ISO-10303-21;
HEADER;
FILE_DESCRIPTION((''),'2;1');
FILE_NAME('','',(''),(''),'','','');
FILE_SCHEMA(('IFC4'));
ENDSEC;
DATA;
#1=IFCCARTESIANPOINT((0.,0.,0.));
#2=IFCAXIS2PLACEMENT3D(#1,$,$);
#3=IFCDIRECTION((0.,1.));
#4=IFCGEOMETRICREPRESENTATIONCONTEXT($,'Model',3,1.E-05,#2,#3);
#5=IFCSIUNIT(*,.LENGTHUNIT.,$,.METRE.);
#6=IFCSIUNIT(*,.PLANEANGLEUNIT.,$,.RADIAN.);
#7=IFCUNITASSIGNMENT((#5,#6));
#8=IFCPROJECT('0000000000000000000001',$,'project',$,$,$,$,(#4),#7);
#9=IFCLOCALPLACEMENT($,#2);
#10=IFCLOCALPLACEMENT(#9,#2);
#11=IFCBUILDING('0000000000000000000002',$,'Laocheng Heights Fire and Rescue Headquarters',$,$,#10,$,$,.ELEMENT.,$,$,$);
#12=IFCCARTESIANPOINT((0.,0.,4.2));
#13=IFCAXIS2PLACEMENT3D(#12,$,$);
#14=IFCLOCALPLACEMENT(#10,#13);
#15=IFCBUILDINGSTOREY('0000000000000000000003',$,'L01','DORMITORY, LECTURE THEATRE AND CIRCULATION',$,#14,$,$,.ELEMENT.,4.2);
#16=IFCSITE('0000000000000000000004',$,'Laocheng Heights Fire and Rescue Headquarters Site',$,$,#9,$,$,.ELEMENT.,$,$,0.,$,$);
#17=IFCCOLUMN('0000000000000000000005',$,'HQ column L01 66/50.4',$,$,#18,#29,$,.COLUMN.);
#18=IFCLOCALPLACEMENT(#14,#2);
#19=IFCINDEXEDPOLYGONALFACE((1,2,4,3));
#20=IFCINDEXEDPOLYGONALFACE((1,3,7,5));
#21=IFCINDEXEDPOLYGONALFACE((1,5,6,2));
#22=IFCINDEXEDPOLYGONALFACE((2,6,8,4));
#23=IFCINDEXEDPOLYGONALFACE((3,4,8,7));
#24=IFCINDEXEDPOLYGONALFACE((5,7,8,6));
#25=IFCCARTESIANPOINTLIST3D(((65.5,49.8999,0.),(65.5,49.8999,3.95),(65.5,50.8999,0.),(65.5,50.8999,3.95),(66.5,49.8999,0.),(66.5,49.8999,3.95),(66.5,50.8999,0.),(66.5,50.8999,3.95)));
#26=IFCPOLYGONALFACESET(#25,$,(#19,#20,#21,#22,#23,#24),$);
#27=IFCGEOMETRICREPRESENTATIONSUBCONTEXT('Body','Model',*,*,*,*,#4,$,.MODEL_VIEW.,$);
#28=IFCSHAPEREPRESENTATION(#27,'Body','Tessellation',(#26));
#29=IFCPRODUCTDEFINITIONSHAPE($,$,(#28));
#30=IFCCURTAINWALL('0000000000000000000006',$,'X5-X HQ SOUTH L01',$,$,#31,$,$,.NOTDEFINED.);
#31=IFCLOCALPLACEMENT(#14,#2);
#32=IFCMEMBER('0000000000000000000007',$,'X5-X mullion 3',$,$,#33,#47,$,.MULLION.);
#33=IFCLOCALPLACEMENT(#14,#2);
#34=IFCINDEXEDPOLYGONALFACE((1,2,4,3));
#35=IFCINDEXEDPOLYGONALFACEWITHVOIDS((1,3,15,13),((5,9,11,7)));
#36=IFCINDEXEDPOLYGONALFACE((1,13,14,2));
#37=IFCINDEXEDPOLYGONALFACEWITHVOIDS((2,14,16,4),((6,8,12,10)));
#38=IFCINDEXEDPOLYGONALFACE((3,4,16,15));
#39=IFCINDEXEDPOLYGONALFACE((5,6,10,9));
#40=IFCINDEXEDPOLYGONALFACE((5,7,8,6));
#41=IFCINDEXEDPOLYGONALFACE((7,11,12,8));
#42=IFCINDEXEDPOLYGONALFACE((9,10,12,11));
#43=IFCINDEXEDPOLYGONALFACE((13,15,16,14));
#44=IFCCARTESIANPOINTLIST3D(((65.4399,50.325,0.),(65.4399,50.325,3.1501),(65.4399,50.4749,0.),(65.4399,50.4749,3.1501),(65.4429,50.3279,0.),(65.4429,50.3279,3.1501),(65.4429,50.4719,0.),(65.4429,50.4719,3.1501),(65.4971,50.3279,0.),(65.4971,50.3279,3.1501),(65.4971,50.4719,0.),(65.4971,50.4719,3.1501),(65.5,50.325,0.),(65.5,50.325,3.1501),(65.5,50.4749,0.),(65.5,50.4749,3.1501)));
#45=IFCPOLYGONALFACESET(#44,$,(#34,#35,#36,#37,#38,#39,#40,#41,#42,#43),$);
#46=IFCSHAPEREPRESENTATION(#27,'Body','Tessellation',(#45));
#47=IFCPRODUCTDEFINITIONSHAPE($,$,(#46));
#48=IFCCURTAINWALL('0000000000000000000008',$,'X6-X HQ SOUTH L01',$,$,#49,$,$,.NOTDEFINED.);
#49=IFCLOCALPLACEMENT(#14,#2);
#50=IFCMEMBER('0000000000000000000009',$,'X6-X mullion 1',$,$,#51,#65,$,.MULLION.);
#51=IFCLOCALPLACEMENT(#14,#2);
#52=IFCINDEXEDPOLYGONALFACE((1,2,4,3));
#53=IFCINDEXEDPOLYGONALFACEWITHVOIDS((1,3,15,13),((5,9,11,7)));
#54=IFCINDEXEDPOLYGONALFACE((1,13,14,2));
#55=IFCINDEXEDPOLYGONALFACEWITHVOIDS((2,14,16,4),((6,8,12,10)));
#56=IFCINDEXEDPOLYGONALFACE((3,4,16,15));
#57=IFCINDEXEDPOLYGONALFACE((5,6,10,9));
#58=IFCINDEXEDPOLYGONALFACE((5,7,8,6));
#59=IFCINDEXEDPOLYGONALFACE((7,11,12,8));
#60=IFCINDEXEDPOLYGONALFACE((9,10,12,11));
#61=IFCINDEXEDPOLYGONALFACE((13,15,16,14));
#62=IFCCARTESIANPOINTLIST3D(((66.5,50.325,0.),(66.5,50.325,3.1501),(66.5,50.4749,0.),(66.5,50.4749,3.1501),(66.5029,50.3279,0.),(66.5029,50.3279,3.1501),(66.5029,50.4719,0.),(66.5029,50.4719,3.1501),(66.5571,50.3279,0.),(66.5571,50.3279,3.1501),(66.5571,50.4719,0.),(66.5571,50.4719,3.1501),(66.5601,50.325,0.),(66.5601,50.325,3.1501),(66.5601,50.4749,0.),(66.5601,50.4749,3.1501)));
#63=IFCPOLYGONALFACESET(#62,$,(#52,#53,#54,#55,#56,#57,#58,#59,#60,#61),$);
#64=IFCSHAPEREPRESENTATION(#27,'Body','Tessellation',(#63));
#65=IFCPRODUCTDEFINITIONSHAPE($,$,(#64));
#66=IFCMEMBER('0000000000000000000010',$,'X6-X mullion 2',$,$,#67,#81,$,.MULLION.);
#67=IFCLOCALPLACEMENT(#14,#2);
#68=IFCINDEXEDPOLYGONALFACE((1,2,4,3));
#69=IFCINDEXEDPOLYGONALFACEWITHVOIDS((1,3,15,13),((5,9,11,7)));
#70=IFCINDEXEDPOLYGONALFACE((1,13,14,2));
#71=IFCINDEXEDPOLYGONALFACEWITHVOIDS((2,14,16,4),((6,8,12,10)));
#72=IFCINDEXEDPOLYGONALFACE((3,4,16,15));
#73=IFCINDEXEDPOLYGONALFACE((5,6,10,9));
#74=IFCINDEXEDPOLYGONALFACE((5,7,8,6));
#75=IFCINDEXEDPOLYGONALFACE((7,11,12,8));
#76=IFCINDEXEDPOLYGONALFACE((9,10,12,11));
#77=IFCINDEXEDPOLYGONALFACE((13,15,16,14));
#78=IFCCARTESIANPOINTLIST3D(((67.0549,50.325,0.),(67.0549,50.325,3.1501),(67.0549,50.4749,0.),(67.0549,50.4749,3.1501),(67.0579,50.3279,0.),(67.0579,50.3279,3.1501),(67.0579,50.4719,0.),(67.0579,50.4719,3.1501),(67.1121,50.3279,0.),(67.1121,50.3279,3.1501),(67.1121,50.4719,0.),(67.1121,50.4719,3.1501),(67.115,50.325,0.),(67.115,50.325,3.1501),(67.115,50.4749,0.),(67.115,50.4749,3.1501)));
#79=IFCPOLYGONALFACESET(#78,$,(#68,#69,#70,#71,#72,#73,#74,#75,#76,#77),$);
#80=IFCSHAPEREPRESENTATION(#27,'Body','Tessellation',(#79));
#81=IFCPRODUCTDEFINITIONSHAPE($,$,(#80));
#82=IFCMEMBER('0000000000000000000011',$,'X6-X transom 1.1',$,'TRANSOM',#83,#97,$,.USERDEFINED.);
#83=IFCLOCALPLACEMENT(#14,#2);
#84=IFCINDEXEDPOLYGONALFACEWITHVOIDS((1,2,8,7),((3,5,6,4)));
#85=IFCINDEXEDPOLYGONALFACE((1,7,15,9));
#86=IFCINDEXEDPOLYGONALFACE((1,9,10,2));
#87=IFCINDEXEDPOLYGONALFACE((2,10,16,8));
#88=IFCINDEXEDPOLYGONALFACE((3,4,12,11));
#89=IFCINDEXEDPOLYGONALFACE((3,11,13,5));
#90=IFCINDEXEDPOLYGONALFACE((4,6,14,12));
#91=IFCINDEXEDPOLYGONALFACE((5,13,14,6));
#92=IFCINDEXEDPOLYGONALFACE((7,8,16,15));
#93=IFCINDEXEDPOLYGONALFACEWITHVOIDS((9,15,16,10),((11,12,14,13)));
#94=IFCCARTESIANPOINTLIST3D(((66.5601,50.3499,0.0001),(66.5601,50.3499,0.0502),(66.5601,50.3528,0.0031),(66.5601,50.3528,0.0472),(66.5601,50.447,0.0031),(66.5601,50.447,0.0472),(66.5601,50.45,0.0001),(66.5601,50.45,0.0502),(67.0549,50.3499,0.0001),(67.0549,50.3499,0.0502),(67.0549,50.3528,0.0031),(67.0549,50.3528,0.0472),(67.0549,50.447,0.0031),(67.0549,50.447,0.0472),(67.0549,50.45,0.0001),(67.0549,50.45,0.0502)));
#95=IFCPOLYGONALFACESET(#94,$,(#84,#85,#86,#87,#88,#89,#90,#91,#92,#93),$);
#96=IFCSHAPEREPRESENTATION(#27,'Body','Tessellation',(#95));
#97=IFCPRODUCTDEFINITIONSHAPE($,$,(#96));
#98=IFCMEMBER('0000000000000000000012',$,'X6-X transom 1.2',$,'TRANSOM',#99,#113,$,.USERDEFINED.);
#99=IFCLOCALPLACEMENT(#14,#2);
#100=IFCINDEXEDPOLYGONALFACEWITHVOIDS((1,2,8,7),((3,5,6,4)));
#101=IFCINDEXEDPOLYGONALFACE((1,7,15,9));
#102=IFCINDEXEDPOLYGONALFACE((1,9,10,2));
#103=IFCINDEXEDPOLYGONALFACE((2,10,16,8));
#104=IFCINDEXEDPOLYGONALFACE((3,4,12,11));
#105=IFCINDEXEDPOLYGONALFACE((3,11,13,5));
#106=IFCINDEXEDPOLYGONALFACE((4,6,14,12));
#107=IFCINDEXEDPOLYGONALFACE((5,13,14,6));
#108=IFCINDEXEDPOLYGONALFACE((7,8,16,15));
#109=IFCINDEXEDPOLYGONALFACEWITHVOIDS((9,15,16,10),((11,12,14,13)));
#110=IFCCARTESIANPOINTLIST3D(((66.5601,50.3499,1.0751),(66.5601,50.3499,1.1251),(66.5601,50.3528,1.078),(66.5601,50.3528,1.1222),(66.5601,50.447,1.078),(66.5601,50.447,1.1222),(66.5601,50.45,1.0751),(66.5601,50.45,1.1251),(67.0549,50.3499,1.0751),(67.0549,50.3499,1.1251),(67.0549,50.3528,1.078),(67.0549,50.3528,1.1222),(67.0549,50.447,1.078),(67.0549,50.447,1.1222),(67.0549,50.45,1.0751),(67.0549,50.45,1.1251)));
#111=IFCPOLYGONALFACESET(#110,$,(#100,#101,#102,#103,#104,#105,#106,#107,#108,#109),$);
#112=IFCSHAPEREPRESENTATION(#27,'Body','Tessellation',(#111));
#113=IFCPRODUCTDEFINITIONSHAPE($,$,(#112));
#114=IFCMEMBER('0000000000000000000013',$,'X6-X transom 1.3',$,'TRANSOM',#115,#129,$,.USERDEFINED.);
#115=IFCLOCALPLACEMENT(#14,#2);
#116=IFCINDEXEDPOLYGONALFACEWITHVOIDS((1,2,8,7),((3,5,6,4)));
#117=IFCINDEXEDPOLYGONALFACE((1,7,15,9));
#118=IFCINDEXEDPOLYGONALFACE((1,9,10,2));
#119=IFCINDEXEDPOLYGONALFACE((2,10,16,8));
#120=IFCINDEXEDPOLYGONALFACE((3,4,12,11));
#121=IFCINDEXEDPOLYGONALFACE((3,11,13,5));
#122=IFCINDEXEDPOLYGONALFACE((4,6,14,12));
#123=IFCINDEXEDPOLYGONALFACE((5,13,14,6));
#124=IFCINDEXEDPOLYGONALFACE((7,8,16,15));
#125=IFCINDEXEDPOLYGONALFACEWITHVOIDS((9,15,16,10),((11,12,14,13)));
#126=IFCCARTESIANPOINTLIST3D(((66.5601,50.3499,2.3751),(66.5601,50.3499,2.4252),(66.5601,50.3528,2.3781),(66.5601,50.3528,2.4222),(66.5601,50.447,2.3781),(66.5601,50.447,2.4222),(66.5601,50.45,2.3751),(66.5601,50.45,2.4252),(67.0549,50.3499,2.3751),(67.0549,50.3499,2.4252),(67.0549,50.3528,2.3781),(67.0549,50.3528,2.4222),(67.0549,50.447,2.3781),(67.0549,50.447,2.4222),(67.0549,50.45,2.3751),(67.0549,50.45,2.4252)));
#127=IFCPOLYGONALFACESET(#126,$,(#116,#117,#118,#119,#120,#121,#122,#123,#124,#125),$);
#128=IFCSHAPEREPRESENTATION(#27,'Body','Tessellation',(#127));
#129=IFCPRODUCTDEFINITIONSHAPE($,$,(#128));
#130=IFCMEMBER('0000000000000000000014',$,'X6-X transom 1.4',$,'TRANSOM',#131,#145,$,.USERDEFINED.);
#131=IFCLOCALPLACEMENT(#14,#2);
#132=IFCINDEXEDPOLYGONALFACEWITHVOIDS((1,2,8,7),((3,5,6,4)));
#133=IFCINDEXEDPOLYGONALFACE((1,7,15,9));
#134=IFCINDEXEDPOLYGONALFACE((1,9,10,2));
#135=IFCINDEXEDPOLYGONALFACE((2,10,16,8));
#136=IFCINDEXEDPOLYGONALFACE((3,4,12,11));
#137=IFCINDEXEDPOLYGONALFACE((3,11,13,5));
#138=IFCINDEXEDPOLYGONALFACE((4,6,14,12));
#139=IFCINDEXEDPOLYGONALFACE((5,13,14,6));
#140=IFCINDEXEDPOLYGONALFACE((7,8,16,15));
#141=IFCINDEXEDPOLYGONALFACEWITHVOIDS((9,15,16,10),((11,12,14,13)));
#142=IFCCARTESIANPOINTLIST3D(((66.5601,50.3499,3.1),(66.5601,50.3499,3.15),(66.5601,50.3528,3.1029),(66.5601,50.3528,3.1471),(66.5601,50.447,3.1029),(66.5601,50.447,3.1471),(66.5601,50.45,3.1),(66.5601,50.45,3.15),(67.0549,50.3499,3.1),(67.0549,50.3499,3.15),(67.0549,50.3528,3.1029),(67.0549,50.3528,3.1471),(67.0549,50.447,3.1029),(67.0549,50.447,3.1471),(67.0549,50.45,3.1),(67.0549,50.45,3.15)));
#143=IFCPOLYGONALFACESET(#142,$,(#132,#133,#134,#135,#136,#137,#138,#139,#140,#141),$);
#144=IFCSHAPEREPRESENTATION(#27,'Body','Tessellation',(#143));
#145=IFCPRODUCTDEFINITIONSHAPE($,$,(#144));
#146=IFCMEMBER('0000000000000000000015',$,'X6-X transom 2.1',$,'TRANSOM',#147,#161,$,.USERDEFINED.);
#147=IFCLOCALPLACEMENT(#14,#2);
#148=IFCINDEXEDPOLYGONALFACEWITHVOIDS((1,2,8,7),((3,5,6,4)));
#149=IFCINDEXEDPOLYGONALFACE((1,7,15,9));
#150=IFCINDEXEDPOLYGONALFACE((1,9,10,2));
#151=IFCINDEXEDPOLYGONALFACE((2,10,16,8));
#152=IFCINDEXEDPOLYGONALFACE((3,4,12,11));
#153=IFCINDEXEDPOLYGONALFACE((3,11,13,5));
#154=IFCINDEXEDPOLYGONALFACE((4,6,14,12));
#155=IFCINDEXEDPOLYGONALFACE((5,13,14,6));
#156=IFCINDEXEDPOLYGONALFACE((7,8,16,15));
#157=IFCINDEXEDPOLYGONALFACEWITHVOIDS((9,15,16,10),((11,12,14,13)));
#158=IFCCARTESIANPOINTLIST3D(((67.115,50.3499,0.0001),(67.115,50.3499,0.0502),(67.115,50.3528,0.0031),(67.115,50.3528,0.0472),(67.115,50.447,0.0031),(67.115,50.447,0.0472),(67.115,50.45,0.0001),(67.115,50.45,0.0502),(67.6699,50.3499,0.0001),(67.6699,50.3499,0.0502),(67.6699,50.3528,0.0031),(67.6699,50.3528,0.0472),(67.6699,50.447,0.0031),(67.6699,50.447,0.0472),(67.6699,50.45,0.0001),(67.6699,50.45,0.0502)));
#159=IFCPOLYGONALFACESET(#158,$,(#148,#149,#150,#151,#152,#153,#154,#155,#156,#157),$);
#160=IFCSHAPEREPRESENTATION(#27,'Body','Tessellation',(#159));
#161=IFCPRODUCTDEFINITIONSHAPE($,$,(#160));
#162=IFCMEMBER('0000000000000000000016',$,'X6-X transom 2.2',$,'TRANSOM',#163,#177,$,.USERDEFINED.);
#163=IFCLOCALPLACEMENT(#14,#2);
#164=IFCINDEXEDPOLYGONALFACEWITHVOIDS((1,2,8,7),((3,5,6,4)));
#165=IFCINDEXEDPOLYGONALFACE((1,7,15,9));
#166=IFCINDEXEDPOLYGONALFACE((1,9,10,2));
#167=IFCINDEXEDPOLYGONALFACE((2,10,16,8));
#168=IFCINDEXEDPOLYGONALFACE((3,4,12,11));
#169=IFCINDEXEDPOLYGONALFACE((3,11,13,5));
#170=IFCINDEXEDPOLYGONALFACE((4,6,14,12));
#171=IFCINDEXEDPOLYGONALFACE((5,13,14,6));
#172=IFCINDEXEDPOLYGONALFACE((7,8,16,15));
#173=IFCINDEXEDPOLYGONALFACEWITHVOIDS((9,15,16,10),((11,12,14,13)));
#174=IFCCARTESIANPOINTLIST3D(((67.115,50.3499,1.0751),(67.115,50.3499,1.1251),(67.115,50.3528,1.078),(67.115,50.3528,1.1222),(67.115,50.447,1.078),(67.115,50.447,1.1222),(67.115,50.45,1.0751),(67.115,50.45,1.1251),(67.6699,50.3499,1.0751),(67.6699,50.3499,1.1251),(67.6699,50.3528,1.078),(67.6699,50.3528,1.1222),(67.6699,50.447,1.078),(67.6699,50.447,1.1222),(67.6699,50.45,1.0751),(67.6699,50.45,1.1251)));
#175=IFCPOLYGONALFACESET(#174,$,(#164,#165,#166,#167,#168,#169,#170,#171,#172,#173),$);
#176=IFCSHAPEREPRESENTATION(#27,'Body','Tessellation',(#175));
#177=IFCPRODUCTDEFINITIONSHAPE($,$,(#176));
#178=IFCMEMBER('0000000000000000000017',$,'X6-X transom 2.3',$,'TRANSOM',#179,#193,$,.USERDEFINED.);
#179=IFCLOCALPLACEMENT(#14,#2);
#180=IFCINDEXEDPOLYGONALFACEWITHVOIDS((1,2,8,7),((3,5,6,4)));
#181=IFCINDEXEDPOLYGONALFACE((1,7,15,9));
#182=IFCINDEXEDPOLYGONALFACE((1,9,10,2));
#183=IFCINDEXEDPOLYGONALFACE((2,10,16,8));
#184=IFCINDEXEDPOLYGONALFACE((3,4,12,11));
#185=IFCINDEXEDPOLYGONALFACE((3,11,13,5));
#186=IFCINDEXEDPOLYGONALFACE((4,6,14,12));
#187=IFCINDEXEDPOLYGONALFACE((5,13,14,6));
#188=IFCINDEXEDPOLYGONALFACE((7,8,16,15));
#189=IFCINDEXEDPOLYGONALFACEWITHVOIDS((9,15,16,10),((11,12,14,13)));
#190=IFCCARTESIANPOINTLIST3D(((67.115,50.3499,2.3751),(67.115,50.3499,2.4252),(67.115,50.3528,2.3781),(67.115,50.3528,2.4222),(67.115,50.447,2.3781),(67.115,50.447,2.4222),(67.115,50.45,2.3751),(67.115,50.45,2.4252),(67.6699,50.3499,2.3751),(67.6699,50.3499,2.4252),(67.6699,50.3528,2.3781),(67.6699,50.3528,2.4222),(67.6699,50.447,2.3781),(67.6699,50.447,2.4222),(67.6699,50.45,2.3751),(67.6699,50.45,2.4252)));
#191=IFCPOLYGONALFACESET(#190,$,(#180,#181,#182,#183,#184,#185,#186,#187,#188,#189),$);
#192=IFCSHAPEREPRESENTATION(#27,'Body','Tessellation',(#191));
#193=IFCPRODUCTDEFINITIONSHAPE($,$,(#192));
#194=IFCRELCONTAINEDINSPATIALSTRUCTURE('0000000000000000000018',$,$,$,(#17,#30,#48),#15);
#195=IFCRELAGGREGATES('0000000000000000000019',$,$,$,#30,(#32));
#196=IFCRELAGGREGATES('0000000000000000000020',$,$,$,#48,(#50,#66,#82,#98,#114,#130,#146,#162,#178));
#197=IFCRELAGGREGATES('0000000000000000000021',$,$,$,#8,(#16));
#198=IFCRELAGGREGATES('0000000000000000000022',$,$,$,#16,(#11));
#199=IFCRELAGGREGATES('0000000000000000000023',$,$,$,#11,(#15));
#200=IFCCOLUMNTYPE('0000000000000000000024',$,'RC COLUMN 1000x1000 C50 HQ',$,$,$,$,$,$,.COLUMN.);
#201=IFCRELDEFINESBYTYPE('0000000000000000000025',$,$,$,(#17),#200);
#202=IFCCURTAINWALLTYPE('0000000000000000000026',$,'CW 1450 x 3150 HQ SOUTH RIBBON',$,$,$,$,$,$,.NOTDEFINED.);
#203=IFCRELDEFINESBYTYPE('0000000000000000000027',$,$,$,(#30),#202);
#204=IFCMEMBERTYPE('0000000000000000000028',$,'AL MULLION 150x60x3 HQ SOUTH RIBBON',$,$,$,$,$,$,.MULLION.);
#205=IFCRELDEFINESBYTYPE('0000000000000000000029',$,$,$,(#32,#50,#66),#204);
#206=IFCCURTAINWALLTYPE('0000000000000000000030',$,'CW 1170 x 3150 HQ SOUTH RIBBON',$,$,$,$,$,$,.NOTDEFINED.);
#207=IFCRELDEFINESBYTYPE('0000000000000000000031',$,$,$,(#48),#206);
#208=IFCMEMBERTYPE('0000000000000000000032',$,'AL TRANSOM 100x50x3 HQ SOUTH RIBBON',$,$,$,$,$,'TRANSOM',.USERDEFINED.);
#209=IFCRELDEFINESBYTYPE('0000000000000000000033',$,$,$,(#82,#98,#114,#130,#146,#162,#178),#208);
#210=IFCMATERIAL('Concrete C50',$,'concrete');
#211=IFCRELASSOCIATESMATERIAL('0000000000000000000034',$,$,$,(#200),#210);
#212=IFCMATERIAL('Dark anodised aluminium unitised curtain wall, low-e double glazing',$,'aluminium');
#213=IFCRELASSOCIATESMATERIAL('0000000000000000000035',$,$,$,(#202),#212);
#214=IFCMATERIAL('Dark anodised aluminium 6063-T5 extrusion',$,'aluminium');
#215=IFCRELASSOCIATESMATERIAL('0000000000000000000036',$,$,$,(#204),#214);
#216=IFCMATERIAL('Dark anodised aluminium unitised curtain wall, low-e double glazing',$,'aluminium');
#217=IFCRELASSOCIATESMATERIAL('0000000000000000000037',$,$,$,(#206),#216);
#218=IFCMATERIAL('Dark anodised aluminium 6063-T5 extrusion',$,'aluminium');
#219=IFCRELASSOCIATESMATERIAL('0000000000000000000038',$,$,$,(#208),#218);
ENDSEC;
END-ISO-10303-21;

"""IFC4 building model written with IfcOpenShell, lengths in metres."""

from ifc_helpers import new_model, si_unit, direction, frame, origin, origin_2d, place, context, subcontext, project, spatial, rectangle, hollow_rectangle, extrude, material, material_profile, profile_set, type_object, element, aggregate, save


model = new_model("IFC4")

# Units and contexts
model_context = context("Model", 3, precision=1e-05, world=origin(), true_north=direction((0.0, 1.0)))
body_context = subcontext(model_context, "Body", "Model", "MODEL_VIEW")
ifc_project = project(units=[si_unit("LENGTHUNIT", "METRE"), si_unit("PLANEANGLEUNIT", "RADIAN")], contexts=[model_context])

# Site, building, storey
site_placement = place(None, origin())
site = spatial("IfcSite", under=ifc_project, at=site_placement, Name="Laocheng Heights Fire and Rescue Headquarters Site", CompositionType="ELEMENT", RefElevation=0.0)
building_placement = place(site_placement, origin())
building = spatial("IfcBuilding", under=site, at=building_placement, Name="Laocheng Heights Fire and Rescue Headquarters", CompositionType="ELEMENT")
storey_placement = place(building_placement, frame((0.0, 0.0, 4.2)))
storey = spatial("IfcBuildingStorey", under=building, at=storey_placement, Name="L01", Description="DORMITORY, LECTURE THEATRE AND CIRCULATION", CompositionType="ELEMENT", Elevation=4.2)

# Column
ifc_material_1 = material(Name="Concrete C50", Category="concrete")
ifc_material_profile_1 = material_profile(ifc_material_1, rectangle(XDim=1.0, YDim=1.0, at=origin_2d()), Name="RC COLUMN 1000x1000 C50 HQ")
ifc_profile_set_1 = profile_set([ifc_material_profile_1], Name="Concrete C50")
column_type = type_object("IfcColumnType", Name="RC COLUMN 1000x1000 C50 HQ", PredefinedType="COLUMN", material=ifc_profile_set_1)
column_placement = place(storey_placement, frame((66.0, 50.3999, 0.0), z_axis=(0.0, 0.0, 1.0), x_axis=(1.0, 0.0, 0.0)))
element("IfcColumn", 1, at=column_placement, inside=storey, type_object=column_type, Name="HQ column L01 66/50.4", PredefinedType="COLUMN", context=body_context, shape_type="SweptSolid", body=[
    extrude(rectangle(XDim=1.0, YDim=1.0, at=origin_2d()), origin(), (0.0, 0.0, 1.0), 3.95),
])

# Curtain wall, member
ifc_material_2 = material(Name="Dark anodised aluminium unitised curtain wall, low-e double glazing", Category="aluminium")
curtain_wall_type_1 = type_object("IfcCurtainWallType", Name="CW 1450 x 3150 HQ SOUTH RIBBON", PredefinedType="NOTDEFINED", material=ifc_material_2)
curtain_wall_1_placement = place(storey_placement, origin())
curtain_wall_1 = element("IfcCurtainWall", 2, at=curtain_wall_1_placement, inside=storey, type_object=curtain_wall_type_1, Name="X5-X HQ SOUTH L01", PredefinedType="NOTDEFINED")
ifc_material_3 = material(Name="Dark anodised aluminium 6063-T5 extrusion", Category="aluminium")
ifc_material_profile_2 = material_profile(ifc_material_3, hollow_rectangle(XDim=0.1499, YDim=0.0601, WallThickness=0.0029, at=origin_2d()), Name="AL MULLION 150x60x3 HQ SOUTH RIBBON")
ifc_profile_set_2 = profile_set([ifc_material_profile_2], Name="Dark anodised aluminium 6063-T5 extrusion")
member_type_1 = type_object("IfcMemberType", Name="AL MULLION 150x60x3 HQ SOUTH RIBBON", PredefinedType="MULLION", material=ifc_profile_set_2)
member_1_placement = place(storey_placement, frame((65.47, 50.3999, 0.0), z_axis=(0.0, 0.0, 1.0), x_axis=(0.0, 1.0, 0.0)))
member_1 = element("IfcMember", 3, at=member_1_placement, type_object=member_type_1, Name="X5-X mullion 3", PredefinedType="MULLION", context=body_context, shape_type="SweptSolid", body=[
    extrude(hollow_rectangle(XDim=0.1499, YDim=0.0601, WallThickness=0.0029, at=origin_2d()), origin(), (0.0, 0.0, 1.0), 3.1501),
])

# Curtain wall, members
ifc_material_4 = material(Name="Dark anodised aluminium unitised curtain wall, low-e double glazing", Category="aluminium")
curtain_wall_type_2 = type_object("IfcCurtainWallType", Name="CW 1170 x 3150 HQ SOUTH RIBBON", PredefinedType="NOTDEFINED", material=ifc_material_4)
curtain_wall_2_placement = place(storey_placement, origin())
curtain_wall_2 = element("IfcCurtainWall", 4, at=curtain_wall_2_placement, inside=storey, type_object=curtain_wall_type_2, Name="X6-X HQ SOUTH L01", PredefinedType="NOTDEFINED")
member_2_placement = place(storey_placement, frame((66.53, 50.3999, 0.0), z_axis=(0.0, 0.0, 1.0), x_axis=(0.0, 1.0, 0.0)))
member_2 = element("IfcMember", 5, at=member_2_placement, type_object=member_type_1, Name="X6-X mullion 1", PredefinedType="MULLION", context=body_context, shape_type="SweptSolid", body=[
    extrude(hollow_rectangle(XDim=0.1499, YDim=0.0601, WallThickness=0.0029, at=origin_2d()), origin(), (0.0, 0.0, 1.0), 3.1501),
])
member_3_placement = place(storey_placement, frame((67.085, 50.3999, 0.0), z_axis=(0.0, 0.0, 1.0), x_axis=(0.0, 1.0, 0.0)))
member_3 = element("IfcMember", 6, at=member_3_placement, type_object=member_type_1, Name="X6-X mullion 2", PredefinedType="MULLION", context=body_context, shape_type="SweptSolid", body=[
    extrude(hollow_rectangle(XDim=0.1499, YDim=0.0601, WallThickness=0.0029, at=origin_2d()), origin(), (0.0, 0.0, 1.0), 3.1501),
])
ifc_material_5 = material(Name="Dark anodised aluminium 6063-T5 extrusion", Category="aluminium")
ifc_material_profile_3 = material_profile(ifc_material_5, hollow_rectangle(XDim=0.1001, YDim=0.05, WallThickness=0.0029, at=origin_2d()), Name="AL TRANSOM 100x50x3 HQ SOUTH RIBBON")
ifc_profile_set_3 = profile_set([ifc_material_profile_3], Name="Dark anodised aluminium 6063-T5 extrusion")
member_type_2 = type_object("IfcMemberType", Name="AL TRANSOM 100x50x3 HQ SOUTH RIBBON", ElementType="TRANSOM", PredefinedType="USERDEFINED", material=ifc_profile_set_3)
member_4_placement = place(storey_placement, frame((66.5601, 50.3999, 0.0251), z_axis=(1.0, 0.0, 0.0), x_axis=(0.0, 1.0, 0.0)))
member_4 = element("IfcMember", 7, at=member_4_placement, type_object=member_type_2, Name="X6-X transom 1.1", ObjectType="TRANSOM", PredefinedType="USERDEFINED", context=body_context, shape_type="SweptSolid", body=[
    extrude(hollow_rectangle(XDim=0.1001, YDim=0.05, WallThickness=0.0029, at=origin_2d()), origin(), (0.0, 0.0, 1.0), 0.4949),
])
member_5_placement = place(storey_placement, frame((66.5601, 50.3999, 1.1001), z_axis=(1.0, 0.0, 0.0), x_axis=(0.0, 1.0, 0.0)))
member_5 = element("IfcMember", 8, at=member_5_placement, type_object=member_type_2, Name="X6-X transom 1.2", ObjectType="TRANSOM", PredefinedType="USERDEFINED", context=body_context, shape_type="SweptSolid", body=[
    extrude(hollow_rectangle(XDim=0.1001, YDim=0.05, WallThickness=0.0029, at=origin_2d()), origin(), (0.0, 0.0, 1.0), 0.4949),
])
member_6_placement = place(storey_placement, frame((66.5601, 50.3999, 2.4001), z_axis=(1.0, 0.0, 0.0), x_axis=(0.0, 1.0, 0.0)))
member_6 = element("IfcMember", 9, at=member_6_placement, type_object=member_type_2, Name="X6-X transom 1.3", ObjectType="TRANSOM", PredefinedType="USERDEFINED", context=body_context, shape_type="SweptSolid", body=[
    extrude(hollow_rectangle(XDim=0.1001, YDim=0.05, WallThickness=0.0029, at=origin_2d()), origin(), (0.0, 0.0, 1.0), 0.4949),
])
member_7_placement = place(storey_placement, frame((66.5601, 50.3999, 3.125), z_axis=(1.0, 0.0, 0.0), x_axis=(0.0, 1.0, 0.0)))
member_7 = element("IfcMember", 10, at=member_7_placement, type_object=member_type_2, Name="X6-X transom 1.4", ObjectType="TRANSOM", PredefinedType="USERDEFINED", context=body_context, shape_type="SweptSolid", body=[
    extrude(hollow_rectangle(XDim=0.1001, YDim=0.05, WallThickness=0.0029, at=origin_2d()), origin(), (0.0, 0.0, 1.0), 0.4949),
])
member_8_placement = place(storey_placement, frame((67.115, 50.3999, 0.0251), z_axis=(1.0, 0.0, 0.0), x_axis=(0.0, 1.0, 0.0)))
member_8 = element("IfcMember", 11, at=member_8_placement, type_object=member_type_2, Name="X6-X transom 2.1", ObjectType="TRANSOM", PredefinedType="USERDEFINED", context=body_context, shape_type="SweptSolid", body=[
    extrude(hollow_rectangle(XDim=0.1001, YDim=0.05, WallThickness=0.0029, at=origin_2d()), origin(), (0.0, 0.0, 1.0), 0.5549),
])
member_9_placement = place(storey_placement, frame((67.115, 50.3999, 1.1001), z_axis=(1.0, 0.0, 0.0), x_axis=(0.0, 1.0, 0.0)))
member_9 = element("IfcMember", 12, at=member_9_placement, type_object=member_type_2, Name="X6-X transom 2.2", ObjectType="TRANSOM", PredefinedType="USERDEFINED", context=body_context, shape_type="SweptSolid", body=[
    extrude(hollow_rectangle(XDim=0.1001, YDim=0.05, WallThickness=0.0029, at=origin_2d()), origin(), (0.0, 0.0, 1.0), 0.5549),
])
member_10_placement = place(storey_placement, frame((67.115, 50.3999, 2.4001), z_axis=(1.0, 0.0, 0.0), x_axis=(0.0, 1.0, 0.0)))
member_10 = element("IfcMember", 13, at=member_10_placement, type_object=member_type_2, Name="X6-X transom 2.3", ObjectType="TRANSOM", PredefinedType="USERDEFINED", context=body_context, shape_type="SweptSolid", body=[
    extrude(hollow_rectangle(XDim=0.1001, YDim=0.05, WallThickness=0.0029, at=origin_2d()), origin(), (0.0, 0.0, 1.0), 0.5549),
])

aggregate(curtain_wall_1, [member_1])
aggregate(curtain_wall_2, [member_2, member_3, member_4, member_5, member_6, member_7, member_8, member_9, member_10])

save(model, "model.ifc")
